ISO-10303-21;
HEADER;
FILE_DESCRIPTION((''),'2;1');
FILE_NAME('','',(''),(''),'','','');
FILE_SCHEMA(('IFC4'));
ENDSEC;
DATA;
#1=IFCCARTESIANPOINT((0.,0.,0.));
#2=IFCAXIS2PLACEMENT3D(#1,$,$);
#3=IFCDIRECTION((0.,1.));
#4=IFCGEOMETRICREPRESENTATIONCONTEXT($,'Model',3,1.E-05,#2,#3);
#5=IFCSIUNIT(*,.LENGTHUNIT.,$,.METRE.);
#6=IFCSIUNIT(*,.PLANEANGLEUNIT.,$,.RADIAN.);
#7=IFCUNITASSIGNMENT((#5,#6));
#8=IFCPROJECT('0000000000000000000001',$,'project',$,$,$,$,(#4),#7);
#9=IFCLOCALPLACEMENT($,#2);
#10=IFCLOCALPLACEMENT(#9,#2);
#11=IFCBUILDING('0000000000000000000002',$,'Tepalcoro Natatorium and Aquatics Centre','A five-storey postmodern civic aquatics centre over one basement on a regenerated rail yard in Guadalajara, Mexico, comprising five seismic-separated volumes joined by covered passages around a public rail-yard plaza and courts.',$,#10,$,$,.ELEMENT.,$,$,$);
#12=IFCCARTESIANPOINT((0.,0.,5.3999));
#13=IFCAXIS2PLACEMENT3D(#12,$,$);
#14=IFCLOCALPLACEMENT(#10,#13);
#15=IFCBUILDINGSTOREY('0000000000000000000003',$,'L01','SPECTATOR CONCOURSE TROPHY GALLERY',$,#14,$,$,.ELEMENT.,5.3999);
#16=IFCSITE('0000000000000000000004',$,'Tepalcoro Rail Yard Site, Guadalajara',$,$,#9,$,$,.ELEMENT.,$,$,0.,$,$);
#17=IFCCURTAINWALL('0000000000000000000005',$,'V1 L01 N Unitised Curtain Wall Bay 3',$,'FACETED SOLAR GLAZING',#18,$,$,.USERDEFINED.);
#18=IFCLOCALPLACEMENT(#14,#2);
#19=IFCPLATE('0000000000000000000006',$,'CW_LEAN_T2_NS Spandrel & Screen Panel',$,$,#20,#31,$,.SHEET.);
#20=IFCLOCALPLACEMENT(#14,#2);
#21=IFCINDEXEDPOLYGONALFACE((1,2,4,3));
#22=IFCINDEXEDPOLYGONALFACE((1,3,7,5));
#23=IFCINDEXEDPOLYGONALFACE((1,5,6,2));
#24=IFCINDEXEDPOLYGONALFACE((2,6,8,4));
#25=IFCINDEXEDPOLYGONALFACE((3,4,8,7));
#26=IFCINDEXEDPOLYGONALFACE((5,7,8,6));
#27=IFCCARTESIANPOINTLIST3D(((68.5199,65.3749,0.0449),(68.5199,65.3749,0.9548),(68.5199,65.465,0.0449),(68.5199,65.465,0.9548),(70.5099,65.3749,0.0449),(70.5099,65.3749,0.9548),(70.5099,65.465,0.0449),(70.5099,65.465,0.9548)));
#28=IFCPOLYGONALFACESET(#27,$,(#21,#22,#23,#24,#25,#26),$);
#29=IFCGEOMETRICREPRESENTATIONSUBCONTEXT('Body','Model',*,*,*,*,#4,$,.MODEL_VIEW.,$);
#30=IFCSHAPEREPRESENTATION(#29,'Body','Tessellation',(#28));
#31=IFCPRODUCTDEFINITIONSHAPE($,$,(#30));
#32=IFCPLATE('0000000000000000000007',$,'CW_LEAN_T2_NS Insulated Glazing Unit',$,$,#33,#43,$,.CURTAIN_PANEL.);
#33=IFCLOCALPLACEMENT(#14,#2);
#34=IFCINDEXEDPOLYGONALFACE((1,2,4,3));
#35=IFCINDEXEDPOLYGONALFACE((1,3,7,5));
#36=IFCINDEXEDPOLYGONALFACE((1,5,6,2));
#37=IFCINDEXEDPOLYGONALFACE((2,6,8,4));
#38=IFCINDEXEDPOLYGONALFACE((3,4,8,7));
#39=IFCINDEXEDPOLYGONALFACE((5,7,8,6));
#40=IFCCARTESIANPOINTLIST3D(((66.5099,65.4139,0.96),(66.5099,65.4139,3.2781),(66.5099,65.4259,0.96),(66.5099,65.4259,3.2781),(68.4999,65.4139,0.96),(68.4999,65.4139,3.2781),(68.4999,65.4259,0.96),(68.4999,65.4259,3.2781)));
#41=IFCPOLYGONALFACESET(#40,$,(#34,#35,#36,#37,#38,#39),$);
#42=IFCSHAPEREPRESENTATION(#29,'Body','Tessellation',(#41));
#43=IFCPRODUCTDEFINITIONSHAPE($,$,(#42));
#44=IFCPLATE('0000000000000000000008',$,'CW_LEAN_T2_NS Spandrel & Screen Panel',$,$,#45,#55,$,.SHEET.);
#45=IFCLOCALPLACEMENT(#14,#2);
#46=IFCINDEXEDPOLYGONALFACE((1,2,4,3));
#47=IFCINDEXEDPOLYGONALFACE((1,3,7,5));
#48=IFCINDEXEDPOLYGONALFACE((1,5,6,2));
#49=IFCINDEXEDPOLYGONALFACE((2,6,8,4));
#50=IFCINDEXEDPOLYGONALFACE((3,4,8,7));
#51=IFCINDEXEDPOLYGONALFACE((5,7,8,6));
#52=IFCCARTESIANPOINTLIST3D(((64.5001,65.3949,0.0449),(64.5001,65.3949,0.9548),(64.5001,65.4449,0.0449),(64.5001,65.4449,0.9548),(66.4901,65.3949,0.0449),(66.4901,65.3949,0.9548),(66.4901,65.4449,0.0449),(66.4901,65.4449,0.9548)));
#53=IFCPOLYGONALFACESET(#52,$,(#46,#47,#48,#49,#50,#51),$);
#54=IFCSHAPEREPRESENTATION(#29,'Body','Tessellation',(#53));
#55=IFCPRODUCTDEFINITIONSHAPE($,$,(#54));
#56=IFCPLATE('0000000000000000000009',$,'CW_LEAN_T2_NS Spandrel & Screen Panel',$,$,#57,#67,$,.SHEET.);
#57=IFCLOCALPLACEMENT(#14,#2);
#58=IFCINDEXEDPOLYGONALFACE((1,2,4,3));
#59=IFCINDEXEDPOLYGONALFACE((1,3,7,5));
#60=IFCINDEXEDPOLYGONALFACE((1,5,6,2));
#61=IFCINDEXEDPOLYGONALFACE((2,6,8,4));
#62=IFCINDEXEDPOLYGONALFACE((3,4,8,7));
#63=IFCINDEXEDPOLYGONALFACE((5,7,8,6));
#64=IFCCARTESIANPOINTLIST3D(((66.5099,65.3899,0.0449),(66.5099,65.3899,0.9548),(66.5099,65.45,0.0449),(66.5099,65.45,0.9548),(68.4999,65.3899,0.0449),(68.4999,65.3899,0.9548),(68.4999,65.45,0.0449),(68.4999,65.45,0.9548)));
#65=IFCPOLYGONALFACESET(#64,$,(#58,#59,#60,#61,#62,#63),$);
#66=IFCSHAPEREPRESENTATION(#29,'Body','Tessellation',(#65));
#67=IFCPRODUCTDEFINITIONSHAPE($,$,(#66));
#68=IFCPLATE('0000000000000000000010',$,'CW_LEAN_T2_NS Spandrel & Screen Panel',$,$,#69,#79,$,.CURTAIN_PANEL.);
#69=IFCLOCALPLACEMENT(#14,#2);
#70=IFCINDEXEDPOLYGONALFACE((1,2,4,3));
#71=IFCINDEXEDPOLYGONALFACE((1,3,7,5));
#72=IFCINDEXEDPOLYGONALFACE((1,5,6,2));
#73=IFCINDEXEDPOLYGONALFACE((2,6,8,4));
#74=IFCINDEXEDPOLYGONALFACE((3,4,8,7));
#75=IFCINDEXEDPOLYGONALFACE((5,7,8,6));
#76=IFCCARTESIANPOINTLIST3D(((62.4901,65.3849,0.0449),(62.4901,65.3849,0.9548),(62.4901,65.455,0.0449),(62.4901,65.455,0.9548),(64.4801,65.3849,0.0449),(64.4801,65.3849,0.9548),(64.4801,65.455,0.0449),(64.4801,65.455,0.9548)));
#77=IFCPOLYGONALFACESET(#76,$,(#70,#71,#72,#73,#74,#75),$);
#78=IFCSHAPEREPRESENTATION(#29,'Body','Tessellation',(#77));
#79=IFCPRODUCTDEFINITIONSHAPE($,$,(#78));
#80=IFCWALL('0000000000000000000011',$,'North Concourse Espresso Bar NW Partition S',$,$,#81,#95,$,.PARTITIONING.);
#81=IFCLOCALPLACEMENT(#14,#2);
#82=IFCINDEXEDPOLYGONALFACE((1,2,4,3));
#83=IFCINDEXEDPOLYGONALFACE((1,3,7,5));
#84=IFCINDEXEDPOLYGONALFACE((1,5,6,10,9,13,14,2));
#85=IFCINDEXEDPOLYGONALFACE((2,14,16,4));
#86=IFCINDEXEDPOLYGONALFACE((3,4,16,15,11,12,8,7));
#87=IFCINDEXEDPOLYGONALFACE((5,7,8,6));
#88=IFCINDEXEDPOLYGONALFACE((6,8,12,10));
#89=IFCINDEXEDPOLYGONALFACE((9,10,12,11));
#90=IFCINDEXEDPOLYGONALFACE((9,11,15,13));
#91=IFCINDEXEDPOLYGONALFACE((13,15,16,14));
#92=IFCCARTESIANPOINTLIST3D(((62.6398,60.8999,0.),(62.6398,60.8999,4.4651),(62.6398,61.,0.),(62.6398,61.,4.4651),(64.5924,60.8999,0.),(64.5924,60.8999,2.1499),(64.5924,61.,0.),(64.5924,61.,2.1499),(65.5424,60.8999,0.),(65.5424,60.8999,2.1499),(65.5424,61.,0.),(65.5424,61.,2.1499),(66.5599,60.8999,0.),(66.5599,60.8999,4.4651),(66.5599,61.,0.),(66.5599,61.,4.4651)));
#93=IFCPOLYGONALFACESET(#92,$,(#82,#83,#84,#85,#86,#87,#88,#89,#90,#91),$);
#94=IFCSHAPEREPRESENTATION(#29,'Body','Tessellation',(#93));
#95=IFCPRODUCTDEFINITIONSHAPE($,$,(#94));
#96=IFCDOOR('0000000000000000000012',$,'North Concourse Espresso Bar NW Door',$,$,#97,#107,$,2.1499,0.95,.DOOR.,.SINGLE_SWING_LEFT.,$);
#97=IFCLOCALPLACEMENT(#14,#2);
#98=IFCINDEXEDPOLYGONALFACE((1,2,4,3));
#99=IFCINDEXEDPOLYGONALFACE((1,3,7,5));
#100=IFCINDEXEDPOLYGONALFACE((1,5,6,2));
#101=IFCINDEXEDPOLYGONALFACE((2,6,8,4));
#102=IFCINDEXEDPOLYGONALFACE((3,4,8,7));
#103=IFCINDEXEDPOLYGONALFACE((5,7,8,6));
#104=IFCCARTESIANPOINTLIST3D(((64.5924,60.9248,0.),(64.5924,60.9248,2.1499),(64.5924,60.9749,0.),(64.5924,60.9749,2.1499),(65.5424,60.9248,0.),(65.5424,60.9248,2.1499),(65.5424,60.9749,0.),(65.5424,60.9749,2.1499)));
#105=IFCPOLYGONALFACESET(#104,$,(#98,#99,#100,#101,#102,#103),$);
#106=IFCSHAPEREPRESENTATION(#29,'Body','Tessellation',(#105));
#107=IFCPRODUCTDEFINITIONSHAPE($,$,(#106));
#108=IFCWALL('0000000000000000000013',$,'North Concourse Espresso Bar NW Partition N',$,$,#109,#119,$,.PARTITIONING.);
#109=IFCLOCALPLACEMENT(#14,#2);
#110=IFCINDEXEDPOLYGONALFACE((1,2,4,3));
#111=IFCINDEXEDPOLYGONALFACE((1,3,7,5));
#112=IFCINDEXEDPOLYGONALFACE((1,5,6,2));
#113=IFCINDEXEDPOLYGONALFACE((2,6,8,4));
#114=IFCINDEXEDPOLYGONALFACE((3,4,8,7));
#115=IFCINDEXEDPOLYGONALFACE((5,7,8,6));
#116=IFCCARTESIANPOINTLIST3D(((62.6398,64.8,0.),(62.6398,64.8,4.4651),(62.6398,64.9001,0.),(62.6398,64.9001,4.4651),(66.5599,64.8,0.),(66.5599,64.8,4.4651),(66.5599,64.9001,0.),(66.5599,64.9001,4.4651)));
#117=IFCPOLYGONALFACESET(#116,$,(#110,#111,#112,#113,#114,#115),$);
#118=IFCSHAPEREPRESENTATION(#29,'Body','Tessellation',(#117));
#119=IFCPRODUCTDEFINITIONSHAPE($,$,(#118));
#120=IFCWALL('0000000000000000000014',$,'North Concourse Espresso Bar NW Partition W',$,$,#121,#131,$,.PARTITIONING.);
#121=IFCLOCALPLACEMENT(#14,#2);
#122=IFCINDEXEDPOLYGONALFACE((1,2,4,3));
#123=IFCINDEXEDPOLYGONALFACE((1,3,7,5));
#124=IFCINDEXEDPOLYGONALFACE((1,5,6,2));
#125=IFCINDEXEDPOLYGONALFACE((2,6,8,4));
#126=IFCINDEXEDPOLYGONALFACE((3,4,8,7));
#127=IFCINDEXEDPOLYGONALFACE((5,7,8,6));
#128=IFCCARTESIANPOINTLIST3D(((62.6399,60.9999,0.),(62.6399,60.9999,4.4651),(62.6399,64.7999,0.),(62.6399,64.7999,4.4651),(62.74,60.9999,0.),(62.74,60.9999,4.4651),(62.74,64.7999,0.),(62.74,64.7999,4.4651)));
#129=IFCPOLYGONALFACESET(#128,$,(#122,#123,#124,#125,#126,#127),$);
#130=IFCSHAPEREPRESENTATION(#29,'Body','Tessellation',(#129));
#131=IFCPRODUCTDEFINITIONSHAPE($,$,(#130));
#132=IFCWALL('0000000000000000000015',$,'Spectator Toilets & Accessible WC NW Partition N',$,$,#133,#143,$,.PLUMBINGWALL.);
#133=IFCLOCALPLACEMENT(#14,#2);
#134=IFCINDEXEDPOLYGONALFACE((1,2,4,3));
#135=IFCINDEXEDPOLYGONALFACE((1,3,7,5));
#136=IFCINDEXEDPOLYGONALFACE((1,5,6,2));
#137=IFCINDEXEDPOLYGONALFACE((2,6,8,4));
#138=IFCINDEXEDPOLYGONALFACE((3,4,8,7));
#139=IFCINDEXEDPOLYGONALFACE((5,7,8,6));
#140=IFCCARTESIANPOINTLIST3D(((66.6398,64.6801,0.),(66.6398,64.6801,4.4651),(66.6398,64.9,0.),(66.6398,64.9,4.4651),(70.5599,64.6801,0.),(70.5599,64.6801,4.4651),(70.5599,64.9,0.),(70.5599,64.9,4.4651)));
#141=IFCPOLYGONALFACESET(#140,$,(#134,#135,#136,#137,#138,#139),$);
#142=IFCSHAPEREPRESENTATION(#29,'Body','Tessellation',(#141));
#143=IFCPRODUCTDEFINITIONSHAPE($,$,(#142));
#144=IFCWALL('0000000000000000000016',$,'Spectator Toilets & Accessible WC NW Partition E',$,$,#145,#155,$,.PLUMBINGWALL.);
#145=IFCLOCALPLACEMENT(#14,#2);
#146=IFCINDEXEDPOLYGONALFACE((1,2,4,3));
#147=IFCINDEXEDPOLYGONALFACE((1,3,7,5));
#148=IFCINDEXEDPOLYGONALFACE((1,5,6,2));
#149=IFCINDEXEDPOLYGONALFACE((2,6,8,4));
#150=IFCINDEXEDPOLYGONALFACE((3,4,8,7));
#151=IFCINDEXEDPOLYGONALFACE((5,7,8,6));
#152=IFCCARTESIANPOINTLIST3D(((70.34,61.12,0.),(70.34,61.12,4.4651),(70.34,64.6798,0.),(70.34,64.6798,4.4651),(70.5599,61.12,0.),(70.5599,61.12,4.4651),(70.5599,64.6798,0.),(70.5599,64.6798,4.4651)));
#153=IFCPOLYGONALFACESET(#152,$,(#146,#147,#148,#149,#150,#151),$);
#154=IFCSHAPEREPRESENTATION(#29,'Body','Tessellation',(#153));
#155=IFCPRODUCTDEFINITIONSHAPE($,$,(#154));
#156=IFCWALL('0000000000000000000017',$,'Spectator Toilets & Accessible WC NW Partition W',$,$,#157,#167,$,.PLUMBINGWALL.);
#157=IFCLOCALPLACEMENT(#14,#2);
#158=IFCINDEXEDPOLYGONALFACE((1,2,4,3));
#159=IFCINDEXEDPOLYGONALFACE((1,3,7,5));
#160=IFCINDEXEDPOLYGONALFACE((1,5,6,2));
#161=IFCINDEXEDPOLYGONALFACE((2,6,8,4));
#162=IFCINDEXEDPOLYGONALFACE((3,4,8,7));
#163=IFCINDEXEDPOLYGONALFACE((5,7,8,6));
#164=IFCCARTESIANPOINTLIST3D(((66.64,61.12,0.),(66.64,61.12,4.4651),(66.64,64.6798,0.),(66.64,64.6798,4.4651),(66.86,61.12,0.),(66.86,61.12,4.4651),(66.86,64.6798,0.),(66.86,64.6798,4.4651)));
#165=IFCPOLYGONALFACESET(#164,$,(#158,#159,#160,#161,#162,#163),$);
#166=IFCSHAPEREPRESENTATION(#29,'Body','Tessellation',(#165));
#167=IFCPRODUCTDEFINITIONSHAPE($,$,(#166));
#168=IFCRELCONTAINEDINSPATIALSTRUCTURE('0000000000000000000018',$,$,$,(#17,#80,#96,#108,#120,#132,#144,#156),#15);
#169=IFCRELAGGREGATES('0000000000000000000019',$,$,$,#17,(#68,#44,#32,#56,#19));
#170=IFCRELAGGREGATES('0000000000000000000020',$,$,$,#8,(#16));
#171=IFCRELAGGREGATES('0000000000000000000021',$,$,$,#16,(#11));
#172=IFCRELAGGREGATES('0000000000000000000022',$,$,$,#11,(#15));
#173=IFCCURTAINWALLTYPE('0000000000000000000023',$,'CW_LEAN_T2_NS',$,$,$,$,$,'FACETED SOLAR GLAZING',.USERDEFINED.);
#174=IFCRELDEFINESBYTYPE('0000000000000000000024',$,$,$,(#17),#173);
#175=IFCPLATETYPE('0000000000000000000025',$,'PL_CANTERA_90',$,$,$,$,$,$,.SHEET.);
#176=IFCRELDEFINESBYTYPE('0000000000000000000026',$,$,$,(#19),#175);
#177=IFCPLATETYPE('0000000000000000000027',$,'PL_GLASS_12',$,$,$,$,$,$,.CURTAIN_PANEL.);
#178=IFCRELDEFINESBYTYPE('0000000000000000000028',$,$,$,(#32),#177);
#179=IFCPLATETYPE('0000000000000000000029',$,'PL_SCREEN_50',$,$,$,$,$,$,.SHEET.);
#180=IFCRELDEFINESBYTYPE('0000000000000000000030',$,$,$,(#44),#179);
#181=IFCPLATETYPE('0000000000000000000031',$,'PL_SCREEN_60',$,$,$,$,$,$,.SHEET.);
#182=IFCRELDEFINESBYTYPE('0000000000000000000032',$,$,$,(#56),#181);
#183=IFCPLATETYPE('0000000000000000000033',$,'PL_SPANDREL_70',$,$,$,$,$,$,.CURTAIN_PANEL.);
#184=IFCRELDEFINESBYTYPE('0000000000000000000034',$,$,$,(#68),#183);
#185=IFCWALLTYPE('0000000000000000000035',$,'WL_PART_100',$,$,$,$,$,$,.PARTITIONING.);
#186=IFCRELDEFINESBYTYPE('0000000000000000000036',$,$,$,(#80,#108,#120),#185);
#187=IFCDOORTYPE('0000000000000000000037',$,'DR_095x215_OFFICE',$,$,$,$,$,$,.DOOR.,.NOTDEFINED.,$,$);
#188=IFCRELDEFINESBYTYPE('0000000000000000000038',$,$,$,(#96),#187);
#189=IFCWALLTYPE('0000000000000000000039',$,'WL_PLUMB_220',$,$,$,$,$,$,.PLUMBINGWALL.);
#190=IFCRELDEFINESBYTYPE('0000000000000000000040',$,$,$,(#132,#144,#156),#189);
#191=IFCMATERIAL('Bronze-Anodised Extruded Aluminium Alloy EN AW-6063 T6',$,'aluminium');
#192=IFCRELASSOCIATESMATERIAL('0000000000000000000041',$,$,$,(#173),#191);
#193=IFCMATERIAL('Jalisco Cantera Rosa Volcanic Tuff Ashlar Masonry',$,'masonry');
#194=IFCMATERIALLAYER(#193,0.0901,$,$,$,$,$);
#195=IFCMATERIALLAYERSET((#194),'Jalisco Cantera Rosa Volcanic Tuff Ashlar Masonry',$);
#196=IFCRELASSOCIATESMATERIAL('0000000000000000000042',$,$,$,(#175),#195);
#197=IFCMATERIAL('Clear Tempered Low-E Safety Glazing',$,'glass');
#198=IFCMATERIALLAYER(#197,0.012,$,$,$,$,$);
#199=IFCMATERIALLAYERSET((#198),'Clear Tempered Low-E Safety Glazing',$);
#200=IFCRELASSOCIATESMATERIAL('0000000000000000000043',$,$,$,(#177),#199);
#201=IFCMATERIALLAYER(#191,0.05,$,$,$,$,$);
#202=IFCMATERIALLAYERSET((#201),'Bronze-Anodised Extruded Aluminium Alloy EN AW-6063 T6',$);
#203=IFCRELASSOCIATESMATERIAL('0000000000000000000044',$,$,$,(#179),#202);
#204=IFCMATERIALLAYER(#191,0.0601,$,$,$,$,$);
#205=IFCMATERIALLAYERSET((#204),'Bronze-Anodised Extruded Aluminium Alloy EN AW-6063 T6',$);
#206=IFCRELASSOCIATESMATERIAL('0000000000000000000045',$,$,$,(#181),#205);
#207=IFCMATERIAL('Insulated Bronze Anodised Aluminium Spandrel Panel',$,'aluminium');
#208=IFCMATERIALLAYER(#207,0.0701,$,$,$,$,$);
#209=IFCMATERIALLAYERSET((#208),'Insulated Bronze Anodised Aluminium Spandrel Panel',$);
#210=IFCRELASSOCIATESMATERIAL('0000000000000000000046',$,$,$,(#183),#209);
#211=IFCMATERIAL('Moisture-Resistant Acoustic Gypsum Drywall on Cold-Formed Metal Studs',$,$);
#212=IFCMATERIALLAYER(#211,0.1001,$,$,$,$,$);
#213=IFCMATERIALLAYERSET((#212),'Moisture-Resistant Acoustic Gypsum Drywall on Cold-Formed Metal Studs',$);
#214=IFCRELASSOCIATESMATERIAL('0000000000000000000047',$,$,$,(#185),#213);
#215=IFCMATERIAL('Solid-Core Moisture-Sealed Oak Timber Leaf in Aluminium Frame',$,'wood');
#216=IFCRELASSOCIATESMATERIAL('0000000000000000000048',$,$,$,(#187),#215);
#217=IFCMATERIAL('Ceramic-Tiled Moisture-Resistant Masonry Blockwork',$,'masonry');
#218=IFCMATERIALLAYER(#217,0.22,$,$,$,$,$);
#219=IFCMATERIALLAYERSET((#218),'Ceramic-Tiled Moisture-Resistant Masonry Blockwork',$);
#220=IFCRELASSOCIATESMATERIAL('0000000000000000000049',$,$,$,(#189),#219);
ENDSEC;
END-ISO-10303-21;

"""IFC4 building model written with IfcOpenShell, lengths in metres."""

from ifc_helpers import new_model, si_unit, direction, frame, frame_2d, origin, origin_2d, place, context, subcontext, project, spatial, rectangle, extrude, material, layer, layer_set, type_object, element, fill, aggregate, save


model = new_model("IFC4")

# Units and contexts
model_context = context("Model", 3, precision=1e-05, world=origin(), true_north=direction((0.0, 1.0)))
body_context = subcontext(model_context, "Body", "Model", "MODEL_VIEW")
ifc_project = project(units=[si_unit("LENGTHUNIT", "METRE"), si_unit("PLANEANGLEUNIT", "RADIAN")], contexts=[model_context])

# Site, building, storey
site_placement = place(None, origin())
site = spatial("IfcSite", under=ifc_project, at=site_placement, Name="Tepalcoro Rail Yard Site, Guadalajara", CompositionType="ELEMENT", RefElevation=0.0)
building_placement = place(site_placement, origin())
building = spatial("IfcBuilding", under=site, at=building_placement, Name="Tepalcoro Natatorium and Aquatics Centre", Description="A five-storey postmodern civic aquatics centre over one basement on a regenerated rail yard in Guadalajara, Mexico, comprising five seismic-separated volumes joined by covered passages around a public rail-yard plaza and courts.", CompositionType="ELEMENT")
storey_placement = place(building_placement, frame((0.0, 0.0, 5.3999)))
storey = spatial("IfcBuildingStorey", under=building, at=storey_placement, Name="L01", Description="SPECTATOR CONCOURSE TROPHY GALLERY", CompositionType="ELEMENT", Elevation=5.3999)

# Curtain wall, plates
ifc_material_1 = material(Name="Bronze-Anodised Extruded Aluminium Alloy EN AW-6063 T6", Category="aluminium")
curtain_wall_type = type_object("IfcCurtainWallType", Name="CW_LEAN_T2_NS", ElementType="FACETED SOLAR GLAZING", PredefinedType="USERDEFINED", material=ifc_material_1)
curtain_wall_placement = place(storey_placement, origin())
curtain_wall = element("IfcCurtainWall", 1, at=curtain_wall_placement, inside=storey, type_object=curtain_wall_type, Name="V1 L01 N Unitised Curtain Wall Bay 3", ObjectType="FACETED SOLAR GLAZING", PredefinedType="USERDEFINED")
ifc_material_2 = material(Name="Jalisco Cantera Rosa Volcanic Tuff Ashlar Masonry", Category="masonry")
ifc_layer_1 = layer(ifc_material_2, 0.0901)
ifc_layer_set_1 = layer_set([ifc_layer_1], Name="Jalisco Cantera Rosa Volcanic Tuff Ashlar Masonry")
plate_type_1 = type_object("IfcPlateType", Name="PL_CANTERA_90", PredefinedType="SHEET", material=ifc_layer_set_1)
plate_1_placement = place(storey_placement, frame((69.5149, 65.4199, 0.0449), z_axis=(0.0, 0.0, 1.0), x_axis=(1.0, 0.0, 0.0)))
plate_1 = element("IfcPlate", 2, at=plate_1_placement, type_object=plate_type_1, Name="CW_LEAN_T2_NS Spandrel & Screen Panel", PredefinedType="SHEET", context=body_context, shape_type="SweptSolid", body=[
    extrude(rectangle(XDim=1.99, YDim=0.0901, at=origin_2d()), origin(), (0.0, 0.0, 1.0), 0.9099),
])
ifc_material_3 = material(Name="Clear Tempered Low-E Safety Glazing", Category="glass")
ifc_layer_2 = layer(ifc_material_3, 0.012)
ifc_layer_set_2 = layer_set([ifc_layer_2], Name="Clear Tempered Low-E Safety Glazing")
plate_type_2 = type_object("IfcPlateType", Name="PL_GLASS_12", PredefinedType="CURTAIN_PANEL", material=ifc_layer_set_2)
plate_2_placement = place(storey_placement, frame((67.5049, 65.4199, 0.96), z_axis=(0.0, 0.0, 1.0), x_axis=(1.0, 0.0, 0.0)))
plate_2 = element("IfcPlate", 3, at=plate_2_placement, type_object=plate_type_2, Name="CW_LEAN_T2_NS Insulated Glazing Unit", PredefinedType="CURTAIN_PANEL", context=body_context, shape_type="SweptSolid", body=[
    extrude(rectangle(XDim=1.99, YDim=0.012, at=origin_2d()), origin(), (0.0, 0.0, 1.0), 2.3181),
])
ifc_layer_3 = layer(ifc_material_1, 0.05)
ifc_layer_set_3 = layer_set([ifc_layer_3], Name="Bronze-Anodised Extruded Aluminium Alloy EN AW-6063 T6")
plate_type_3 = type_object("IfcPlateType", Name="PL_SCREEN_50", PredefinedType="SHEET", material=ifc_layer_set_3)
plate_3_placement = place(storey_placement, frame((65.4951, 65.4199, 0.0449), z_axis=(0.0, 0.0, 1.0), x_axis=(1.0, 0.0, 0.0)))
plate_3 = element("IfcPlate", 4, at=plate_3_placement, type_object=plate_type_3, Name="CW_LEAN_T2_NS Spandrel & Screen Panel", PredefinedType="SHEET", context=body_context, shape_type="SweptSolid", body=[
    extrude(rectangle(XDim=1.99, YDim=0.05, at=origin_2d()), origin(), (0.0, 0.0, 1.0), 0.9099),
])
ifc_layer_4 = layer(ifc_material_1, 0.0601)
ifc_layer_set_4 = layer_set([ifc_layer_4], Name="Bronze-Anodised Extruded Aluminium Alloy EN AW-6063 T6")
plate_type_4 = type_object("IfcPlateType", Name="PL_SCREEN_60", PredefinedType="SHEET", material=ifc_layer_set_4)
plate_4_placement = place(storey_placement, frame((67.5049, 65.4199, 0.0449), z_axis=(0.0, 0.0, 1.0), x_axis=(1.0, 0.0, 0.0)))
plate_4 = element("IfcPlate", 5, at=plate_4_placement, type_object=plate_type_4, Name="CW_LEAN_T2_NS Spandrel & Screen Panel", PredefinedType="SHEET", context=body_context, shape_type="SweptSolid", body=[
    extrude(rectangle(XDim=1.99, YDim=0.0601, at=origin_2d()), origin(), (0.0, 0.0, 1.0), 0.9099),
])
ifc_material_4 = material(Name="Insulated Bronze Anodised Aluminium Spandrel Panel", Category="aluminium")
ifc_layer_5 = layer(ifc_material_4, 0.0701)
ifc_layer_set_5 = layer_set([ifc_layer_5], Name="Insulated Bronze Anodised Aluminium Spandrel Panel")
plate_type_5 = type_object("IfcPlateType", Name="PL_SPANDREL_70", PredefinedType="CURTAIN_PANEL", material=ifc_layer_set_5)
plate_5_placement = place(storey_placement, frame((63.4851, 65.4199, 0.0449), z_axis=(0.0, 0.0, 1.0), x_axis=(1.0, 0.0, 0.0)))
plate_5 = element("IfcPlate", 6, at=plate_5_placement, type_object=plate_type_5, Name="CW_LEAN_T2_NS Spandrel & Screen Panel", PredefinedType="CURTAIN_PANEL", context=body_context, shape_type="SweptSolid", body=[
    extrude(rectangle(XDim=1.99, YDim=0.0701, at=origin_2d()), origin(), (0.0, 0.0, 1.0), 0.9099),
])
aggregate(curtain_wall, [plate_5, plate_3, plate_2, plate_4, plate_1])

# Wall, opening, door
ifc_material_5 = material(Name="Moisture-Resistant Acoustic Gypsum Drywall on Cold-Formed Metal Studs")
ifc_layer_6 = layer(ifc_material_5, 0.1001)
ifc_layer_set_6 = layer_set([ifc_layer_6], Name="Moisture-Resistant Acoustic Gypsum Drywall on Cold-Formed Metal Studs")
wall_type_1 = type_object("IfcWallType", Name="WL_PART_100", PredefinedType="PARTITIONING", material=ifc_layer_set_6)
wall_1_placement = place(storey_placement, frame((62.6399, 60.95, 0.0), z_axis=(0.0, 0.0, 1.0), x_axis=(1.0, 0.0, 0.0)))
wall_1 = element("IfcWall", 7, at=wall_1_placement, inside=storey, type_object=wall_type_1, Name="North Concourse Espresso Bar NW Partition S", PredefinedType="PARTITIONING", context=body_context, shape_type="SweptSolid", body=[
    extrude(rectangle(XDim=3.9202, YDim=0.1001, at=frame_2d((1.96, 0.0))), origin(), (0.0, 0.0, 1.0), 4.4651),
])
opening_1_placement = place(wall_1_placement, frame((1.9524, 0.0, 0.0)))
opening_1 = element("IfcOpeningElement", 8, at=opening_1_placement, cuts=wall_1, PredefinedType="OPENING", context=body_context, shape_type="SweptSolid", body=[
    extrude(rectangle(XDim=0.95, YDim=2.1499, at=frame_2d((0.4751, 1.075))), frame((0.0, 0.062, 0.0), z_axis=(0.0, -1.0, 0.0), x_axis=(1.0, 0.0, 0.0)), (0.0, 0.0, 1.0), 0.124),
])
ifc_material_6 = material(Name="Solid-Core Moisture-Sealed Oak Timber Leaf in Aluminium Frame", Category="wood")
door_type_1 = type_object("IfcDoorType", Name="DR_095x215_OFFICE", OperationType="NOTDEFINED", PredefinedType="DOOR", material=ifc_material_6)
door_1_placement = place(opening_1_placement, origin())
door_1 = element("IfcDoor", 9, at=door_1_placement, inside=storey, type_object=door_type_1, Name="North Concourse Espresso Bar NW Door", OperationType="SINGLE_SWING_LEFT", OverallHeight=2.1499, OverallWidth=0.95, PredefinedType="DOOR", context=body_context, shape_type="SweptSolid", body=[
    extrude(rectangle(XDim=0.95, YDim=2.1499, at=frame_2d((0.4751, 1.075))), frame((0.0, 0.0249, 0.0), z_axis=(0.0, -1.0, 0.0), x_axis=(1.0, 0.0, 0.0)), (0.0, 0.0, 1.0), 0.05),
])
fill(opening_1, door_1)

# Walls
wall_2_placement = place(storey_placement, frame((62.6399, 64.8501, 0.0), z_axis=(0.0, 0.0, 1.0), x_axis=(1.0, 0.0, 0.0)))
element("IfcWall", 10, at=wall_2_placement, inside=storey, type_object=wall_type_1, Name="North Concourse Espresso Bar NW Partition N", PredefinedType="PARTITIONING", context=body_context, shape_type="SweptSolid", body=[
    extrude(rectangle(XDim=3.9202, YDim=0.1001, at=frame_2d((1.96, 0.0))), origin(), (0.0, 0.0, 1.0), 4.4651),
])
wall_3_placement = place(storey_placement, frame((62.6899, 61.0, 0.0), z_axis=(0.0, 0.0, 1.0), x_axis=(0.0, 1.0, 0.0)))
element("IfcWall", 11, at=wall_3_placement, inside=storey, type_object=wall_type_1, Name="North Concourse Espresso Bar NW Partition W", PredefinedType="PARTITIONING", context=body_context, shape_type="SweptSolid", body=[
    extrude(rectangle(XDim=3.8, YDim=0.1001, at=frame_2d((1.8999, 0.0))), origin(), (0.0, 0.0, 1.0), 4.4651),
])

# Shared definitions
ifc_material_7 = material(Name="Ceramic-Tiled Moisture-Resistant Masonry Blockwork", Category="masonry")
ifc_layer_7 = layer(ifc_material_7, 0.22)
ifc_layer_set_7 = layer_set([ifc_layer_7], Name="Ceramic-Tiled Moisture-Resistant Masonry Blockwork")
wall_type_2 = type_object("IfcWallType", Name="WL_PLUMB_220", PredefinedType="PLUMBINGWALL", material=ifc_layer_set_7)

# Walls
wall_4_placement = place(storey_placement, frame((66.6399, 64.79, 0.0), z_axis=(0.0, 0.0, 1.0), x_axis=(1.0, 0.0, 0.0)))
element("IfcWall", 12, at=wall_4_placement, inside=storey, type_object=wall_type_2, Name="Spectator Toilets & Accessible WC NW Partition N", PredefinedType="PLUMBINGWALL", context=body_context, shape_type="SweptSolid", body=[
    extrude(rectangle(XDim=3.9202, YDim=0.22, at=frame_2d((1.96, 0.0))), origin(), (0.0, 0.0, 1.0), 4.4651),
])
for number, where, z_axis, x_axis, name in (
    (13, (70.45, 61.1201, 0.0), (0.0, 0.0, 1.0), (0.0, 1.0, 0.0), "Spectator Toilets & Accessible WC NW Partition E"),
    (14, (66.75, 61.1201, 0.0), (0.0, 0.0, 1.0), (0.0, 1.0, 0.0), "Spectator Toilets & Accessible WC NW Partition W"),
):
    element("IfcWall", number, at=place(storey_placement, frame(where, z_axis=z_axis, x_axis=x_axis)), inside=storey, type_object=wall_type_2, Name=name, PredefinedType="PLUMBINGWALL", context=body_context, shape_type="SweptSolid", body=[
        extrude(rectangle(XDim=3.5598, YDim=0.22, at=frame_2d((1.7798, 0.0))), origin(), (0.0, 0.0, 1.0), 4.4651),
    ])

save(model, "model.ifc")
